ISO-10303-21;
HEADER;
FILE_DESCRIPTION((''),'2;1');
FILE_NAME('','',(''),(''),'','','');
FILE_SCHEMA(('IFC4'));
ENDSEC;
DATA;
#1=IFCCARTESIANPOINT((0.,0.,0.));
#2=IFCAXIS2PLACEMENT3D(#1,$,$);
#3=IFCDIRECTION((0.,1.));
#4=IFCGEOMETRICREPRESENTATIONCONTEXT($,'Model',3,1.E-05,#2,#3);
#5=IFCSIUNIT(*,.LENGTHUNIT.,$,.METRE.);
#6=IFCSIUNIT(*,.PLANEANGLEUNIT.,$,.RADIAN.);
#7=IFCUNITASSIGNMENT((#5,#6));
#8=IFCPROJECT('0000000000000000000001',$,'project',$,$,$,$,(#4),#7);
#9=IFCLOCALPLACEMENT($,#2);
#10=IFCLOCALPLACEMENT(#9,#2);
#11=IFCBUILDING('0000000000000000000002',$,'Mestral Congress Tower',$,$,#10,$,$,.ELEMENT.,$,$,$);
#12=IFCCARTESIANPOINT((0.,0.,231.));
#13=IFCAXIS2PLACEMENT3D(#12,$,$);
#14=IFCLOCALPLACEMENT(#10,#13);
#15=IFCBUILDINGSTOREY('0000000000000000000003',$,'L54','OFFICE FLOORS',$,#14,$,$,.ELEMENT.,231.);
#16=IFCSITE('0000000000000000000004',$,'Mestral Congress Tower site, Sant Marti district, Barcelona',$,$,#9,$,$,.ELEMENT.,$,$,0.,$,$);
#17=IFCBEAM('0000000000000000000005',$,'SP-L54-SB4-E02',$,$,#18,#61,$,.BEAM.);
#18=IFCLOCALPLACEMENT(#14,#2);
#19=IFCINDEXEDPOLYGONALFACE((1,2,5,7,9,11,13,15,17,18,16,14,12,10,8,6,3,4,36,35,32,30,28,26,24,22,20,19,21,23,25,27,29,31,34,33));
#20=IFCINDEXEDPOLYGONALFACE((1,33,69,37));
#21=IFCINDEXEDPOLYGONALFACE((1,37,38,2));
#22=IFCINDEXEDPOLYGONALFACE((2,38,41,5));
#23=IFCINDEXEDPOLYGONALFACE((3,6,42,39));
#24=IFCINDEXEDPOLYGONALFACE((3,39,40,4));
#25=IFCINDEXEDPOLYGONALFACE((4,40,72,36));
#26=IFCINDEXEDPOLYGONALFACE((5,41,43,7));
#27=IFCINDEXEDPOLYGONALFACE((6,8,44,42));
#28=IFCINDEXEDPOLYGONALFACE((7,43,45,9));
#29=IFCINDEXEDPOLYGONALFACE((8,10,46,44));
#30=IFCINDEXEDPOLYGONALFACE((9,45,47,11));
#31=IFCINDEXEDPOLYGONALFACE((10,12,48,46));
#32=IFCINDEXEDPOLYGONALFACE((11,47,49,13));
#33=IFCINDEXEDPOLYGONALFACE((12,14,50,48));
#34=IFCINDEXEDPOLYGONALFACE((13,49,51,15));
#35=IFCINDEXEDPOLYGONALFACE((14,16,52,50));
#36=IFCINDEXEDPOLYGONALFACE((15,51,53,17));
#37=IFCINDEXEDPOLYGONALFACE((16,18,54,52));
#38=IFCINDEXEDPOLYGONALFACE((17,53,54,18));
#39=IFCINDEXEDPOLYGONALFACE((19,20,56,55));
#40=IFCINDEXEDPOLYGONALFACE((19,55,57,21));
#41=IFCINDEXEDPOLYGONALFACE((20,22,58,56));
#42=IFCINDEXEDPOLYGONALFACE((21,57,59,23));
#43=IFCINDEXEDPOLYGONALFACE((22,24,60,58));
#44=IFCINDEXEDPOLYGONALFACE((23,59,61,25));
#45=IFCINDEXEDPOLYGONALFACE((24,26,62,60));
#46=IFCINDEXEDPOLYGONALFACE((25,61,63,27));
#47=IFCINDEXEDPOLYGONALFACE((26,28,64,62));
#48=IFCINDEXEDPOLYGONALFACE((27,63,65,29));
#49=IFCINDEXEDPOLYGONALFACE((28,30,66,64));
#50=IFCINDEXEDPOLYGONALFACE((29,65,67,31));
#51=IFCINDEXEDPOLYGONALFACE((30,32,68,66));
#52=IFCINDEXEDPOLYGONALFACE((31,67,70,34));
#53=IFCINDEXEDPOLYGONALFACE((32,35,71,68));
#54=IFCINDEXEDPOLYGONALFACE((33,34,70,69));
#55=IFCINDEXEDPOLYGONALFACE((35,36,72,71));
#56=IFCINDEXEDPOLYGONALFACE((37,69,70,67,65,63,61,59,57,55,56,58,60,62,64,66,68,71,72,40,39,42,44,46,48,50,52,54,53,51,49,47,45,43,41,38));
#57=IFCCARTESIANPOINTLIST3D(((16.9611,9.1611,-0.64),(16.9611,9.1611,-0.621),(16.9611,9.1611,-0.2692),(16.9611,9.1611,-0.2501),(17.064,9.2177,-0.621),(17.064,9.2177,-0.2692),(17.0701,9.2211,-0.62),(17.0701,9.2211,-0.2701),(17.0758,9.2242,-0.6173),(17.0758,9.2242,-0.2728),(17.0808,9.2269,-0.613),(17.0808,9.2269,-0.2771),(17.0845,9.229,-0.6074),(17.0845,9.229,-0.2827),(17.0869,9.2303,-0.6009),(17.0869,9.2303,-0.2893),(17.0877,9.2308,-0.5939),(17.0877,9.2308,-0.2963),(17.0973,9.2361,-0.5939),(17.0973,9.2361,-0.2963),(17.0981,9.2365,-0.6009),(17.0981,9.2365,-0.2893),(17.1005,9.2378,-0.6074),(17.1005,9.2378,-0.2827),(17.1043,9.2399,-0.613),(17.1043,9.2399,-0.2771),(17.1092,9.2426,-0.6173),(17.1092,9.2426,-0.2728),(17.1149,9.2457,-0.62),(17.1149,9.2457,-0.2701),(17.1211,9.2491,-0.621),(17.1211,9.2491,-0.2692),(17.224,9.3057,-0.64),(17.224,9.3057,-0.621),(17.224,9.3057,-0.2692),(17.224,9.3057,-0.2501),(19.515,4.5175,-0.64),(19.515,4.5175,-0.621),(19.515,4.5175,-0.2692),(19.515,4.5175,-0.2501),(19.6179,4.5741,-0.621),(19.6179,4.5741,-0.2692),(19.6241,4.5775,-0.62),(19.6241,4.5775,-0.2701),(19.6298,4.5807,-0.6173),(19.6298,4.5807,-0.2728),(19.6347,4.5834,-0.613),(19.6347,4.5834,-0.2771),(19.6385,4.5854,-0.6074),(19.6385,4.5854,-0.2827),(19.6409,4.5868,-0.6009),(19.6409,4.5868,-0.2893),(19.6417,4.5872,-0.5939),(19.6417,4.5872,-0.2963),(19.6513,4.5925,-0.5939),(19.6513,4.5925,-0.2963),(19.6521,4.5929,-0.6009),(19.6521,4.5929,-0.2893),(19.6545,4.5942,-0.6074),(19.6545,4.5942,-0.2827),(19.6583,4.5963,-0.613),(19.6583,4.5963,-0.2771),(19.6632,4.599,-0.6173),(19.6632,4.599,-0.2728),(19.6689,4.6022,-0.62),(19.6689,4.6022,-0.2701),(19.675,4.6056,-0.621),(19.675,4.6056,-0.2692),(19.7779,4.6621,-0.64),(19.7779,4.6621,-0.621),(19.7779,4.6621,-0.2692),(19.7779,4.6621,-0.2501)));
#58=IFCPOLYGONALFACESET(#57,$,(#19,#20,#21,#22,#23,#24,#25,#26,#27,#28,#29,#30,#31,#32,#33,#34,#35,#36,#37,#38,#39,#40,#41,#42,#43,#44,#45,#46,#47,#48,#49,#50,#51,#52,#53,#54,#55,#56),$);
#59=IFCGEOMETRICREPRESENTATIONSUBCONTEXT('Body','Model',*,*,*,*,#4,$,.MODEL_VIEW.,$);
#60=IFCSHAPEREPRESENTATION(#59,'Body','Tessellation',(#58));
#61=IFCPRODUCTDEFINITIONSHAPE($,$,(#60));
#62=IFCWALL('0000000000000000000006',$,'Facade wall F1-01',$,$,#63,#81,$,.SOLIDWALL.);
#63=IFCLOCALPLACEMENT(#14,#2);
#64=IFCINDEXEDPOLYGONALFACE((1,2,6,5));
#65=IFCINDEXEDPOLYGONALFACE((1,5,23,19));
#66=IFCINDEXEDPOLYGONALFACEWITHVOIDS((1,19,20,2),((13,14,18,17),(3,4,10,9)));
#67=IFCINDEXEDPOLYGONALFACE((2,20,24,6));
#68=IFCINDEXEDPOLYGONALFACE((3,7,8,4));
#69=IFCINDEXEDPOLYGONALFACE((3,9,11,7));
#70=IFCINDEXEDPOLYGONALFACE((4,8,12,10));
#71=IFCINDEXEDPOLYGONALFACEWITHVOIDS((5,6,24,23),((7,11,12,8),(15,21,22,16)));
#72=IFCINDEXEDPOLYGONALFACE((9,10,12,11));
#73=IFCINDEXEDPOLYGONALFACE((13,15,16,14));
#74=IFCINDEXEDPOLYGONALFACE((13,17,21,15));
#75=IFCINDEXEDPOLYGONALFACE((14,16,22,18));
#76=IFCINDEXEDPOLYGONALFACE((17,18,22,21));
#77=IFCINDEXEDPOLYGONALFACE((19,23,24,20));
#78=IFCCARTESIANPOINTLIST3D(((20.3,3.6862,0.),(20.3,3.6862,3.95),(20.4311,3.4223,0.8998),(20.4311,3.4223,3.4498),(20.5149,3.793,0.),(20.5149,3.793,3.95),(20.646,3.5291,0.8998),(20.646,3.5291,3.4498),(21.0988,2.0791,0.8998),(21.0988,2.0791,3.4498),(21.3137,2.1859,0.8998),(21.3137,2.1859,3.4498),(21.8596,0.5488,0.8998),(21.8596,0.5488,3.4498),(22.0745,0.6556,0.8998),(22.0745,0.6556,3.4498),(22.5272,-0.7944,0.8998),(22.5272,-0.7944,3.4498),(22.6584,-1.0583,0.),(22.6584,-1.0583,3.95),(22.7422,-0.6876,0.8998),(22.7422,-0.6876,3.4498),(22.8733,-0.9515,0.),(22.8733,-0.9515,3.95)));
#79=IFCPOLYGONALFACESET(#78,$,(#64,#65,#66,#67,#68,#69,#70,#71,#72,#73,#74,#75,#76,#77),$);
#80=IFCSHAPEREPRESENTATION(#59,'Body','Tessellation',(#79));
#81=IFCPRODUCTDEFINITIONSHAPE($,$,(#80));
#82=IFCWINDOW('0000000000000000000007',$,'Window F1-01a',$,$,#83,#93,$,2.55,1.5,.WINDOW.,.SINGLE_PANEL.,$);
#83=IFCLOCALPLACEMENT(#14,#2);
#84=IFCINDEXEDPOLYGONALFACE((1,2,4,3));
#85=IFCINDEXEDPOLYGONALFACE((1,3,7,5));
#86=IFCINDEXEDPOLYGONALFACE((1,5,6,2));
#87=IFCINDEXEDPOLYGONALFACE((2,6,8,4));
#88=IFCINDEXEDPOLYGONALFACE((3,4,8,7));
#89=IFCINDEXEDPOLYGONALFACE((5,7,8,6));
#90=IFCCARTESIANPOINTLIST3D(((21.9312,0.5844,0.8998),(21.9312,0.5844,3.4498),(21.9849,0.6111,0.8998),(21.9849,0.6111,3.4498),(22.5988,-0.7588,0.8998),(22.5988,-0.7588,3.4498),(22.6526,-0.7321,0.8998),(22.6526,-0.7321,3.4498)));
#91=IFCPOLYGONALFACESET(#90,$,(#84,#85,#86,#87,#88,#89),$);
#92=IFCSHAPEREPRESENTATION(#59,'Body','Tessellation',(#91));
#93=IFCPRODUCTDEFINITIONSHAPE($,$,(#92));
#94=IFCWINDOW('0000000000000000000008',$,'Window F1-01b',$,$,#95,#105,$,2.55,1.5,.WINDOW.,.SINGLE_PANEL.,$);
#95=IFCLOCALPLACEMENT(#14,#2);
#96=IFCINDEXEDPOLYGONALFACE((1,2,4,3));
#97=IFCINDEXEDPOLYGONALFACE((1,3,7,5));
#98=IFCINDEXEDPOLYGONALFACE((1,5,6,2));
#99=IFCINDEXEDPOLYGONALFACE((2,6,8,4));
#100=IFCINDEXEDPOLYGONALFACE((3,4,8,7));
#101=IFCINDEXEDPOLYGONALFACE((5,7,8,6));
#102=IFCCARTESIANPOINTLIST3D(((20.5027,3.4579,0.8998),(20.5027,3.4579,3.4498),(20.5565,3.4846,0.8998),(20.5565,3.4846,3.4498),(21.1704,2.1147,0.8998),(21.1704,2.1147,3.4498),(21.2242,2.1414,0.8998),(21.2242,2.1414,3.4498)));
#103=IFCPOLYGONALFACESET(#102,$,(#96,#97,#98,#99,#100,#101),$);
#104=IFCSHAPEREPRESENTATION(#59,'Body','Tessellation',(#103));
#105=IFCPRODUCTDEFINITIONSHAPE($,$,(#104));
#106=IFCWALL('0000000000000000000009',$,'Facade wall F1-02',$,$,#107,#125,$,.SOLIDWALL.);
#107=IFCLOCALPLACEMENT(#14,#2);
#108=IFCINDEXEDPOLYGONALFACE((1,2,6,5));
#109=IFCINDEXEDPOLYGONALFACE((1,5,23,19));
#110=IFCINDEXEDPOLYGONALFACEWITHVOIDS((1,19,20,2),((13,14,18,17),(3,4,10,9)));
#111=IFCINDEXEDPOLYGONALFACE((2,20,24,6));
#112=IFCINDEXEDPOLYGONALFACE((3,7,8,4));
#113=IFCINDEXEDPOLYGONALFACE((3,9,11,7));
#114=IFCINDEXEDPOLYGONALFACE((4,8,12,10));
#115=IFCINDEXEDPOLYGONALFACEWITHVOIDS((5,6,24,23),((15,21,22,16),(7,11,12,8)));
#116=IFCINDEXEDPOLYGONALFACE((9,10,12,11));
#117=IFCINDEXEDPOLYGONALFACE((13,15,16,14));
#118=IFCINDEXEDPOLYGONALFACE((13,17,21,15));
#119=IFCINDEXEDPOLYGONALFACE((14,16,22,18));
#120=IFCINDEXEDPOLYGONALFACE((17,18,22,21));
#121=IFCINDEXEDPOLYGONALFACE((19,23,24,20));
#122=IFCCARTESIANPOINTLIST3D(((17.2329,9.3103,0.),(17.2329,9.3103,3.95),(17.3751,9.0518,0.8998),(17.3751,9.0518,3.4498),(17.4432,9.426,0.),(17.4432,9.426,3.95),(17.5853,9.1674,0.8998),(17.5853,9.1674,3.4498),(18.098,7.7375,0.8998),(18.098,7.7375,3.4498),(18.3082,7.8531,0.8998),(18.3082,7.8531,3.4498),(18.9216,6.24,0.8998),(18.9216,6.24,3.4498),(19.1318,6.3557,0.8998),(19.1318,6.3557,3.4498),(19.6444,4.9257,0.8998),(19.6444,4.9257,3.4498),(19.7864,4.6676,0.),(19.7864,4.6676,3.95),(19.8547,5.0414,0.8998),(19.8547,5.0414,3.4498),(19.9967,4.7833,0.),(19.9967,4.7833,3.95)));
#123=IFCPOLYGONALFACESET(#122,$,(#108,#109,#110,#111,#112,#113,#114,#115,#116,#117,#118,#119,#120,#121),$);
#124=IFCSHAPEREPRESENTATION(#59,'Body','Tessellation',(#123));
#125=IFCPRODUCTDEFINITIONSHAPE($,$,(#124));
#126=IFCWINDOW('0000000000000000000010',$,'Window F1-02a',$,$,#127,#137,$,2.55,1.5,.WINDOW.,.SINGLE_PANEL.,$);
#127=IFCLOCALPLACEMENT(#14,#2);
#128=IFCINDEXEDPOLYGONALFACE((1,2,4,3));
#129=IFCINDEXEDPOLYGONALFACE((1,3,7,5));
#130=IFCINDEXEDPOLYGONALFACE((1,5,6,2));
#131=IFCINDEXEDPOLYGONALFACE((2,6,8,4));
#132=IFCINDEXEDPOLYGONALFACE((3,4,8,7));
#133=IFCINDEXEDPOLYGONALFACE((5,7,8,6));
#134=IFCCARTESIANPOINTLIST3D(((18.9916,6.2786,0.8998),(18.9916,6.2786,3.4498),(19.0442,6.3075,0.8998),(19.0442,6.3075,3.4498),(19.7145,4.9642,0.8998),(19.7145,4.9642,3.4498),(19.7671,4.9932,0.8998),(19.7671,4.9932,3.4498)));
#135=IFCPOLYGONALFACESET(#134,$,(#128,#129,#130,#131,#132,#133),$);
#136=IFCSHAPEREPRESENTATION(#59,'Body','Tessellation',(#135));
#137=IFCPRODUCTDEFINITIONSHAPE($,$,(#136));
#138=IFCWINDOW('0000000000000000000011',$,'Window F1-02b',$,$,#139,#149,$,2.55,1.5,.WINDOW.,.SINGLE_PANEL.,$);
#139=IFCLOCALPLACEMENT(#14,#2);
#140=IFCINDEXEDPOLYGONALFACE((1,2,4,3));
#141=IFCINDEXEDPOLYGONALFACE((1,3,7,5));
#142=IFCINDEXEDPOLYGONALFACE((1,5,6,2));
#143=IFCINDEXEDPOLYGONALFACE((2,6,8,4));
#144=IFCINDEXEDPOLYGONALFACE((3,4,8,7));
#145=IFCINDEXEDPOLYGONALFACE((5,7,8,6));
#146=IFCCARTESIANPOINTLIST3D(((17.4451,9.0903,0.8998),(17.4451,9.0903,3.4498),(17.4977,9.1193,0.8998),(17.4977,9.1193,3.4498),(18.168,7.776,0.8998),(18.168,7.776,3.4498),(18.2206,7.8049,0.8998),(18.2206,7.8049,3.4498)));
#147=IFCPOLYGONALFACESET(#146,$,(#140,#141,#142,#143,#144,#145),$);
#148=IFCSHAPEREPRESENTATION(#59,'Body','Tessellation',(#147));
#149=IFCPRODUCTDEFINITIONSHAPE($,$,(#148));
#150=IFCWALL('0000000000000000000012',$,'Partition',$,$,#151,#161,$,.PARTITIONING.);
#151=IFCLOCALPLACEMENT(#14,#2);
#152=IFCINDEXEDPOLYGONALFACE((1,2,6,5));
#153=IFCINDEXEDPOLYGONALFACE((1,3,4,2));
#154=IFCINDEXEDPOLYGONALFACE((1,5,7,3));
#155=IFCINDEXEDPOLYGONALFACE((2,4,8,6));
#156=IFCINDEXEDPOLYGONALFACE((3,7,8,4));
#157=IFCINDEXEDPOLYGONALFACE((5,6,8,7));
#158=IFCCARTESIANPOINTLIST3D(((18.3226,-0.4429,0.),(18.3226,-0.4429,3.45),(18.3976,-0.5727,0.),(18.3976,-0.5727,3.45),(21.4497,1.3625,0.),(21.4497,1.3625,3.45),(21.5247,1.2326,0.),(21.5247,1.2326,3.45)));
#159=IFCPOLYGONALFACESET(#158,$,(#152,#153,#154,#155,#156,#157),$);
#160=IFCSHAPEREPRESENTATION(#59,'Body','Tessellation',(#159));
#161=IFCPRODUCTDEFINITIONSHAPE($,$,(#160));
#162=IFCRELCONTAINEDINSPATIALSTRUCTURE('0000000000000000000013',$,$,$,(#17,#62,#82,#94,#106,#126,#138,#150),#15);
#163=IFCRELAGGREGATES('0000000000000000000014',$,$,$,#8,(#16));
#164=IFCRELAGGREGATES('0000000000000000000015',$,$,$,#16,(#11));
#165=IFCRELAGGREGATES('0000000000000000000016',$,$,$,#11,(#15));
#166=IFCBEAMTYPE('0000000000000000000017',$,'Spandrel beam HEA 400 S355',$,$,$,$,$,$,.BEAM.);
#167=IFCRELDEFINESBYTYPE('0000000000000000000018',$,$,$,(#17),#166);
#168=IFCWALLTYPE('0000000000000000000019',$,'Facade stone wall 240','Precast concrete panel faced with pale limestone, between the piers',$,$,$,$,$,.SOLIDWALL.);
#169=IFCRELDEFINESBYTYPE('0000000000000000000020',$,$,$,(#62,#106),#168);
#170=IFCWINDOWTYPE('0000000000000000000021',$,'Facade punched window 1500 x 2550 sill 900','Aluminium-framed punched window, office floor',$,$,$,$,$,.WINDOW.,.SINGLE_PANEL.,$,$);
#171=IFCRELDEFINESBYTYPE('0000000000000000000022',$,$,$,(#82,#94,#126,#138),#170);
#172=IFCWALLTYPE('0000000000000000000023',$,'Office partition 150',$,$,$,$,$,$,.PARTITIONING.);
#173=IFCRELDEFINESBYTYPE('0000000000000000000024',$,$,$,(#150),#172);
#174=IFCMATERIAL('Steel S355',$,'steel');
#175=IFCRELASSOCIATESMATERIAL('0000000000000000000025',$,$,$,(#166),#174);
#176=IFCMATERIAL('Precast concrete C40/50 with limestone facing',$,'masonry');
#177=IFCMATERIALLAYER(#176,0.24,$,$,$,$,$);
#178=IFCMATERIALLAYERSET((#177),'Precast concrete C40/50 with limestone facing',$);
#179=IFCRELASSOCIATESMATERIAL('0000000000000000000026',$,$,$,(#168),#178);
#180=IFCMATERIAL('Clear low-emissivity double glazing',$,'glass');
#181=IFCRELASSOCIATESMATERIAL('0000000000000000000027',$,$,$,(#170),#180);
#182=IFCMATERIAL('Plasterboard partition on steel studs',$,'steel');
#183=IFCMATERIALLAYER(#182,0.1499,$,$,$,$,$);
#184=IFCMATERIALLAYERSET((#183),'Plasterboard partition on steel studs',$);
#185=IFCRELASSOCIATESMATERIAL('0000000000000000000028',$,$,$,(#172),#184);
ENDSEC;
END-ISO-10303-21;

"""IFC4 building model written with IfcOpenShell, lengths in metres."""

from ifc_helpers import new_model, si_unit, direction, frame, frame_2d, origin, origin_2d, place, context, subcontext, project, spatial, rectangle, i_section, extrude, material, layer, layer_set, material_profile, profile_set, type_object, element, fill, save


model = new_model("IFC4")

# Units and contexts
model_context = context("Model", 3, precision=1e-05, world=origin(), true_north=direction((0.0, 1.0)))
body_context = subcontext(model_context, "Body", "Model", "MODEL_VIEW")
ifc_project = project(units=[si_unit("LENGTHUNIT", "METRE"), si_unit("PLANEANGLEUNIT", "RADIAN")], contexts=[model_context])

# Site, building, storey
site_placement = place(None, origin())
site = spatial("IfcSite", under=ifc_project, at=site_placement, Name="Mestral Congress Tower site, Sant Marti district, Barcelona", CompositionType="ELEMENT", RefElevation=0.0)
building_placement = place(site_placement, origin())
building = spatial("IfcBuilding", under=site, at=building_placement, Name="Mestral Congress Tower", CompositionType="ELEMENT")
storey_placement = place(building_placement, frame((0.0, 0.0, 231.0)))
storey = spatial("IfcBuildingStorey", under=building, at=storey_placement, Name="L54", Description="OFFICE FLOORS", CompositionType="ELEMENT", Elevation=231.0)

# Beam
ifc_material_1 = material(Name="Steel S355", Category="steel")
ifc_material_profile_1 = material_profile(ifc_material_1, i_section(OverallWidth=0.3, OverallDepth=0.3899, WebThickness=0.011, FlangeThickness=0.019, FilletRadius=0.0271, at=origin_2d()), Name="HEA 400")
ifc_profile_set_1 = profile_set([ifc_material_profile_1], Name="Steel S355")
beam_type_1 = type_object("IfcBeamType", Name="Spandrel beam HEA 400 S355", PredefinedType="BEAM", material=ifc_profile_set_1)
beam_1_placement = place(storey_placement, frame((19.6465, 4.5898, -0.4451), z_axis=(-0.481919, 0.876216, 0.0), x_axis=(-0.876216, -0.481919, 0.0)))
element("IfcBeam", 1, at=beam_1_placement, inside=storey, type_object=beam_type_1, Name="SP-L54-SB4-E02", PredefinedType="BEAM", context=body_context, shape_type="SweptSolid", body=[
    extrude(i_section(OverallWidth=0.3, OverallDepth=0.3899, WebThickness=0.011, FlangeThickness=0.019, FilletRadius=0.0271, at=origin_2d()), origin(), (0.0, 0.0, 1.0), 5.2996),
])

# Walls, openings, windows
ifc_material_2 = material(Name="Precast concrete C40/50 with limestone facing", Category="masonry")
ifc_layer_1 = layer(ifc_material_2, 0.24)
ifc_layer_set_1 = layer_set([ifc_layer_1], Name="Precast concrete C40/50 with limestone facing")
wall_type_1 = type_object("IfcWallType", Name="Facade stone wall 240", Description="Precast concrete panel faced with pale limestone, between the piers", PredefinedType="SOLIDWALL", material=ifc_layer_set_1)
wall_1_placement = place(storey_placement, frame((22.7659, -1.0049, 0.0), z_axis=(0.0, 0.0, 1.0), x_axis=(-0.44513, 0.895466, 0.0)))
wall_1 = element("IfcWall", 2, at=wall_1_placement, inside=storey, type_object=wall_type_1, Name="Facade wall F1-01", PredefinedType="SOLIDWALL", context=body_context, shape_type="SweptSolid", body=[
    extrude(rectangle(XDim=5.2983, YDim=0.24, at=frame_2d((2.6492, 0.0))), origin(), (0.0, 0.0, 1.0), 3.95),
])
opening_1_placement = place(wall_1_placement, frame((0.2947, 0.0, 0.8999)))
opening_1 = element("IfcOpeningElement", 3, at=opening_1_placement, cuts=wall_1, PredefinedType="OPENING", context=body_context, shape_type="SweptSolid", body=[
    extrude(rectangle(XDim=1.5, YDim=2.55, at=frame_2d((0.75, 1.2749))), frame((0.0, 0.1299, 0.0), z_axis=(0.0, -1.0, 0.0), x_axis=(1.0, 0.0, 0.0)), (0.0, 0.0, 1.0), 0.26),
])
opening_2_placement = place(wall_1_placement, frame((3.5037, 0.0, 0.8999)))
opening_2 = element("IfcOpeningElement", 4, at=opening_2_placement, cuts=wall_1, PredefinedType="OPENING", context=body_context, shape_type="SweptSolid", body=[
    extrude(rectangle(XDim=1.5, YDim=2.55, at=frame_2d((0.75, 1.2749))), frame((0.0, 0.1299, 0.0), z_axis=(0.0, -1.0, 0.0), x_axis=(1.0, 0.0, 0.0)), (0.0, 0.0, 1.0), 0.26),
])
ifc_material_3 = material(Name="Clear low-emissivity double glazing", Category="glass")
window_type = type_object("IfcWindowType", Name="Facade punched window 1500 x 2550 sill 900", Description="Aluminium-framed punched window, office floor", PartitioningType="SINGLE_PANEL", PredefinedType="WINDOW", material=ifc_material_3)
window_1_placement = place(opening_1_placement, origin())
window_1 = element("IfcWindow", 5, at=window_1_placement, inside=storey, type_object=window_type, Name="Window F1-01a", OverallHeight=2.55, OverallWidth=1.5, PartitioningType="SINGLE_PANEL", PredefinedType="WINDOW", context=body_context, shape_type="SweptSolid", body=[
    extrude(rectangle(XDim=1.5, YDim=2.55, at=frame_2d((0.75, 1.2749))), frame((0.0, 0.04, 0.0), z_axis=(0.0, -1.0, 0.0), x_axis=(1.0, 0.0, 0.0)), (0.0, 0.0, 1.0), 0.0601),
])
fill(opening_1, window_1)
window_2_placement = place(opening_2_placement, origin())
window_2 = element("IfcWindow", 6, at=window_2_placement, inside=storey, type_object=window_type, Name="Window F1-01b", OverallHeight=2.55, OverallWidth=1.5, PartitioningType="SINGLE_PANEL", PredefinedType="WINDOW", context=body_context, shape_type="SweptSolid", body=[
    extrude(rectangle(XDim=1.5, YDim=2.55, at=frame_2d((0.75, 1.2749))), frame((0.0, 0.04, 0.0), z_axis=(0.0, -1.0, 0.0), x_axis=(1.0, 0.0, 0.0)), (0.0, 0.0, 1.0), 0.0601),
])
fill(opening_2, window_2)
wall_2_placement = place(storey_placement, frame((19.8916, 4.7253, 0.0), z_axis=(0.0, 0.0, 1.0), x_axis=(-0.481926, 0.876212, 0.0)))
wall_2 = element("IfcWall", 7, at=wall_2_placement, inside=storey, type_object=wall_type_1, Name="Facade wall F1-02", PredefinedType="SOLIDWALL", context=body_context, shape_type="SweptSolid", body=[
    extrude(rectangle(XDim=5.2986, YDim=0.24, at=frame_2d((2.6494, 0.0))), origin(), (0.0, 0.0, 1.0), 3.95),
])
opening_3_placement = place(wall_2_placement, frame((0.2947, 0.0, 0.8999)))
opening_3 = element("IfcOpeningElement", 8, at=opening_3_placement, cuts=wall_2, PredefinedType="OPENING", context=body_context, shape_type="SweptSolid", body=[
    extrude(rectangle(XDim=1.5, YDim=2.55, at=frame_2d((0.75, 1.2749))), frame((0.0, 0.1299, 0.0), z_axis=(0.0, -1.0, 0.0), x_axis=(1.0, 0.0, 0.0)), (0.0, 0.0, 1.0), 0.26),
])
opening_4_placement = place(wall_2_placement, frame((3.5037, 0.0, 0.8999)))
opening_4 = element("IfcOpeningElement", 9, at=opening_4_placement, cuts=wall_2, PredefinedType="OPENING", context=body_context, shape_type="SweptSolid", body=[
    extrude(rectangle(XDim=1.5, YDim=2.55, at=frame_2d((0.75, 1.2749))), frame((0.0, 0.1299, 0.0), z_axis=(0.0, -1.0, 0.0), x_axis=(1.0, 0.0, 0.0)), (0.0, 0.0, 1.0), 0.26),
])
window_3_placement = place(opening_3_placement, origin())
window_3 = element("IfcWindow", 10, at=window_3_placement, inside=storey, type_object=window_type, Name="Window F1-02a", OverallHeight=2.55, OverallWidth=1.5, PartitioningType="SINGLE_PANEL", PredefinedType="WINDOW", context=body_context, shape_type="SweptSolid", body=[
    extrude(rectangle(XDim=1.5, YDim=2.55, at=frame_2d((0.75, 1.2749))), frame((0.0, 0.04, 0.0), z_axis=(0.0, -1.0, 0.0), x_axis=(1.0, 0.0, 0.0)), (0.0, 0.0, 1.0), 0.0601),
])
fill(opening_3, window_3)
window_4_placement = place(opening_4_placement, origin())
window_4 = element("IfcWindow", 11, at=window_4_placement, inside=storey, type_object=window_type, Name="Window F1-02b", OverallHeight=2.55, OverallWidth=1.5, PartitioningType="SINGLE_PANEL", PredefinedType="WINDOW", context=body_context, shape_type="SweptSolid", body=[
    extrude(rectangle(XDim=1.5, YDim=2.55, at=frame_2d((0.75, 1.2749))), frame((0.0, 0.04, 0.0), z_axis=(0.0, -1.0, 0.0), x_axis=(1.0, 0.0, 0.0)), (0.0, 0.0, 1.0), 0.0601),
])
fill(opening_4, window_4)

# Wall
ifc_material_4 = material(Name="Plasterboard partition on steel studs", Category="steel")
ifc_layer_2 = layer(ifc_material_4, 0.1499)
ifc_layer_set_2 = layer_set([ifc_layer_2], Name="Plasterboard partition on steel studs")
wall_type_2 = type_object("IfcWallType", Name="Office partition 150", PredefinedType="PARTITIONING", material=ifc_layer_set_2)
wall_3_placement = place(storey_placement, frame((18.3601, -0.5078, 0.0), z_axis=(0.0, 0.0, 1.0), x_axis=(0.866034, 0.499986, 0.0)))
element("IfcWall", 12, at=wall_3_placement, inside=storey, type_object=wall_type_2, Name="Partition", PredefinedType="PARTITIONING", context=body_context, shape_type="SweptSolid", body=[
    extrude(rectangle(XDim=3.6108, YDim=0.1499, at=frame_2d((1.8054, 0.0))), origin(), (0.0, 0.0, 1.0), 3.45),
])

save(model, "model.ifc")
